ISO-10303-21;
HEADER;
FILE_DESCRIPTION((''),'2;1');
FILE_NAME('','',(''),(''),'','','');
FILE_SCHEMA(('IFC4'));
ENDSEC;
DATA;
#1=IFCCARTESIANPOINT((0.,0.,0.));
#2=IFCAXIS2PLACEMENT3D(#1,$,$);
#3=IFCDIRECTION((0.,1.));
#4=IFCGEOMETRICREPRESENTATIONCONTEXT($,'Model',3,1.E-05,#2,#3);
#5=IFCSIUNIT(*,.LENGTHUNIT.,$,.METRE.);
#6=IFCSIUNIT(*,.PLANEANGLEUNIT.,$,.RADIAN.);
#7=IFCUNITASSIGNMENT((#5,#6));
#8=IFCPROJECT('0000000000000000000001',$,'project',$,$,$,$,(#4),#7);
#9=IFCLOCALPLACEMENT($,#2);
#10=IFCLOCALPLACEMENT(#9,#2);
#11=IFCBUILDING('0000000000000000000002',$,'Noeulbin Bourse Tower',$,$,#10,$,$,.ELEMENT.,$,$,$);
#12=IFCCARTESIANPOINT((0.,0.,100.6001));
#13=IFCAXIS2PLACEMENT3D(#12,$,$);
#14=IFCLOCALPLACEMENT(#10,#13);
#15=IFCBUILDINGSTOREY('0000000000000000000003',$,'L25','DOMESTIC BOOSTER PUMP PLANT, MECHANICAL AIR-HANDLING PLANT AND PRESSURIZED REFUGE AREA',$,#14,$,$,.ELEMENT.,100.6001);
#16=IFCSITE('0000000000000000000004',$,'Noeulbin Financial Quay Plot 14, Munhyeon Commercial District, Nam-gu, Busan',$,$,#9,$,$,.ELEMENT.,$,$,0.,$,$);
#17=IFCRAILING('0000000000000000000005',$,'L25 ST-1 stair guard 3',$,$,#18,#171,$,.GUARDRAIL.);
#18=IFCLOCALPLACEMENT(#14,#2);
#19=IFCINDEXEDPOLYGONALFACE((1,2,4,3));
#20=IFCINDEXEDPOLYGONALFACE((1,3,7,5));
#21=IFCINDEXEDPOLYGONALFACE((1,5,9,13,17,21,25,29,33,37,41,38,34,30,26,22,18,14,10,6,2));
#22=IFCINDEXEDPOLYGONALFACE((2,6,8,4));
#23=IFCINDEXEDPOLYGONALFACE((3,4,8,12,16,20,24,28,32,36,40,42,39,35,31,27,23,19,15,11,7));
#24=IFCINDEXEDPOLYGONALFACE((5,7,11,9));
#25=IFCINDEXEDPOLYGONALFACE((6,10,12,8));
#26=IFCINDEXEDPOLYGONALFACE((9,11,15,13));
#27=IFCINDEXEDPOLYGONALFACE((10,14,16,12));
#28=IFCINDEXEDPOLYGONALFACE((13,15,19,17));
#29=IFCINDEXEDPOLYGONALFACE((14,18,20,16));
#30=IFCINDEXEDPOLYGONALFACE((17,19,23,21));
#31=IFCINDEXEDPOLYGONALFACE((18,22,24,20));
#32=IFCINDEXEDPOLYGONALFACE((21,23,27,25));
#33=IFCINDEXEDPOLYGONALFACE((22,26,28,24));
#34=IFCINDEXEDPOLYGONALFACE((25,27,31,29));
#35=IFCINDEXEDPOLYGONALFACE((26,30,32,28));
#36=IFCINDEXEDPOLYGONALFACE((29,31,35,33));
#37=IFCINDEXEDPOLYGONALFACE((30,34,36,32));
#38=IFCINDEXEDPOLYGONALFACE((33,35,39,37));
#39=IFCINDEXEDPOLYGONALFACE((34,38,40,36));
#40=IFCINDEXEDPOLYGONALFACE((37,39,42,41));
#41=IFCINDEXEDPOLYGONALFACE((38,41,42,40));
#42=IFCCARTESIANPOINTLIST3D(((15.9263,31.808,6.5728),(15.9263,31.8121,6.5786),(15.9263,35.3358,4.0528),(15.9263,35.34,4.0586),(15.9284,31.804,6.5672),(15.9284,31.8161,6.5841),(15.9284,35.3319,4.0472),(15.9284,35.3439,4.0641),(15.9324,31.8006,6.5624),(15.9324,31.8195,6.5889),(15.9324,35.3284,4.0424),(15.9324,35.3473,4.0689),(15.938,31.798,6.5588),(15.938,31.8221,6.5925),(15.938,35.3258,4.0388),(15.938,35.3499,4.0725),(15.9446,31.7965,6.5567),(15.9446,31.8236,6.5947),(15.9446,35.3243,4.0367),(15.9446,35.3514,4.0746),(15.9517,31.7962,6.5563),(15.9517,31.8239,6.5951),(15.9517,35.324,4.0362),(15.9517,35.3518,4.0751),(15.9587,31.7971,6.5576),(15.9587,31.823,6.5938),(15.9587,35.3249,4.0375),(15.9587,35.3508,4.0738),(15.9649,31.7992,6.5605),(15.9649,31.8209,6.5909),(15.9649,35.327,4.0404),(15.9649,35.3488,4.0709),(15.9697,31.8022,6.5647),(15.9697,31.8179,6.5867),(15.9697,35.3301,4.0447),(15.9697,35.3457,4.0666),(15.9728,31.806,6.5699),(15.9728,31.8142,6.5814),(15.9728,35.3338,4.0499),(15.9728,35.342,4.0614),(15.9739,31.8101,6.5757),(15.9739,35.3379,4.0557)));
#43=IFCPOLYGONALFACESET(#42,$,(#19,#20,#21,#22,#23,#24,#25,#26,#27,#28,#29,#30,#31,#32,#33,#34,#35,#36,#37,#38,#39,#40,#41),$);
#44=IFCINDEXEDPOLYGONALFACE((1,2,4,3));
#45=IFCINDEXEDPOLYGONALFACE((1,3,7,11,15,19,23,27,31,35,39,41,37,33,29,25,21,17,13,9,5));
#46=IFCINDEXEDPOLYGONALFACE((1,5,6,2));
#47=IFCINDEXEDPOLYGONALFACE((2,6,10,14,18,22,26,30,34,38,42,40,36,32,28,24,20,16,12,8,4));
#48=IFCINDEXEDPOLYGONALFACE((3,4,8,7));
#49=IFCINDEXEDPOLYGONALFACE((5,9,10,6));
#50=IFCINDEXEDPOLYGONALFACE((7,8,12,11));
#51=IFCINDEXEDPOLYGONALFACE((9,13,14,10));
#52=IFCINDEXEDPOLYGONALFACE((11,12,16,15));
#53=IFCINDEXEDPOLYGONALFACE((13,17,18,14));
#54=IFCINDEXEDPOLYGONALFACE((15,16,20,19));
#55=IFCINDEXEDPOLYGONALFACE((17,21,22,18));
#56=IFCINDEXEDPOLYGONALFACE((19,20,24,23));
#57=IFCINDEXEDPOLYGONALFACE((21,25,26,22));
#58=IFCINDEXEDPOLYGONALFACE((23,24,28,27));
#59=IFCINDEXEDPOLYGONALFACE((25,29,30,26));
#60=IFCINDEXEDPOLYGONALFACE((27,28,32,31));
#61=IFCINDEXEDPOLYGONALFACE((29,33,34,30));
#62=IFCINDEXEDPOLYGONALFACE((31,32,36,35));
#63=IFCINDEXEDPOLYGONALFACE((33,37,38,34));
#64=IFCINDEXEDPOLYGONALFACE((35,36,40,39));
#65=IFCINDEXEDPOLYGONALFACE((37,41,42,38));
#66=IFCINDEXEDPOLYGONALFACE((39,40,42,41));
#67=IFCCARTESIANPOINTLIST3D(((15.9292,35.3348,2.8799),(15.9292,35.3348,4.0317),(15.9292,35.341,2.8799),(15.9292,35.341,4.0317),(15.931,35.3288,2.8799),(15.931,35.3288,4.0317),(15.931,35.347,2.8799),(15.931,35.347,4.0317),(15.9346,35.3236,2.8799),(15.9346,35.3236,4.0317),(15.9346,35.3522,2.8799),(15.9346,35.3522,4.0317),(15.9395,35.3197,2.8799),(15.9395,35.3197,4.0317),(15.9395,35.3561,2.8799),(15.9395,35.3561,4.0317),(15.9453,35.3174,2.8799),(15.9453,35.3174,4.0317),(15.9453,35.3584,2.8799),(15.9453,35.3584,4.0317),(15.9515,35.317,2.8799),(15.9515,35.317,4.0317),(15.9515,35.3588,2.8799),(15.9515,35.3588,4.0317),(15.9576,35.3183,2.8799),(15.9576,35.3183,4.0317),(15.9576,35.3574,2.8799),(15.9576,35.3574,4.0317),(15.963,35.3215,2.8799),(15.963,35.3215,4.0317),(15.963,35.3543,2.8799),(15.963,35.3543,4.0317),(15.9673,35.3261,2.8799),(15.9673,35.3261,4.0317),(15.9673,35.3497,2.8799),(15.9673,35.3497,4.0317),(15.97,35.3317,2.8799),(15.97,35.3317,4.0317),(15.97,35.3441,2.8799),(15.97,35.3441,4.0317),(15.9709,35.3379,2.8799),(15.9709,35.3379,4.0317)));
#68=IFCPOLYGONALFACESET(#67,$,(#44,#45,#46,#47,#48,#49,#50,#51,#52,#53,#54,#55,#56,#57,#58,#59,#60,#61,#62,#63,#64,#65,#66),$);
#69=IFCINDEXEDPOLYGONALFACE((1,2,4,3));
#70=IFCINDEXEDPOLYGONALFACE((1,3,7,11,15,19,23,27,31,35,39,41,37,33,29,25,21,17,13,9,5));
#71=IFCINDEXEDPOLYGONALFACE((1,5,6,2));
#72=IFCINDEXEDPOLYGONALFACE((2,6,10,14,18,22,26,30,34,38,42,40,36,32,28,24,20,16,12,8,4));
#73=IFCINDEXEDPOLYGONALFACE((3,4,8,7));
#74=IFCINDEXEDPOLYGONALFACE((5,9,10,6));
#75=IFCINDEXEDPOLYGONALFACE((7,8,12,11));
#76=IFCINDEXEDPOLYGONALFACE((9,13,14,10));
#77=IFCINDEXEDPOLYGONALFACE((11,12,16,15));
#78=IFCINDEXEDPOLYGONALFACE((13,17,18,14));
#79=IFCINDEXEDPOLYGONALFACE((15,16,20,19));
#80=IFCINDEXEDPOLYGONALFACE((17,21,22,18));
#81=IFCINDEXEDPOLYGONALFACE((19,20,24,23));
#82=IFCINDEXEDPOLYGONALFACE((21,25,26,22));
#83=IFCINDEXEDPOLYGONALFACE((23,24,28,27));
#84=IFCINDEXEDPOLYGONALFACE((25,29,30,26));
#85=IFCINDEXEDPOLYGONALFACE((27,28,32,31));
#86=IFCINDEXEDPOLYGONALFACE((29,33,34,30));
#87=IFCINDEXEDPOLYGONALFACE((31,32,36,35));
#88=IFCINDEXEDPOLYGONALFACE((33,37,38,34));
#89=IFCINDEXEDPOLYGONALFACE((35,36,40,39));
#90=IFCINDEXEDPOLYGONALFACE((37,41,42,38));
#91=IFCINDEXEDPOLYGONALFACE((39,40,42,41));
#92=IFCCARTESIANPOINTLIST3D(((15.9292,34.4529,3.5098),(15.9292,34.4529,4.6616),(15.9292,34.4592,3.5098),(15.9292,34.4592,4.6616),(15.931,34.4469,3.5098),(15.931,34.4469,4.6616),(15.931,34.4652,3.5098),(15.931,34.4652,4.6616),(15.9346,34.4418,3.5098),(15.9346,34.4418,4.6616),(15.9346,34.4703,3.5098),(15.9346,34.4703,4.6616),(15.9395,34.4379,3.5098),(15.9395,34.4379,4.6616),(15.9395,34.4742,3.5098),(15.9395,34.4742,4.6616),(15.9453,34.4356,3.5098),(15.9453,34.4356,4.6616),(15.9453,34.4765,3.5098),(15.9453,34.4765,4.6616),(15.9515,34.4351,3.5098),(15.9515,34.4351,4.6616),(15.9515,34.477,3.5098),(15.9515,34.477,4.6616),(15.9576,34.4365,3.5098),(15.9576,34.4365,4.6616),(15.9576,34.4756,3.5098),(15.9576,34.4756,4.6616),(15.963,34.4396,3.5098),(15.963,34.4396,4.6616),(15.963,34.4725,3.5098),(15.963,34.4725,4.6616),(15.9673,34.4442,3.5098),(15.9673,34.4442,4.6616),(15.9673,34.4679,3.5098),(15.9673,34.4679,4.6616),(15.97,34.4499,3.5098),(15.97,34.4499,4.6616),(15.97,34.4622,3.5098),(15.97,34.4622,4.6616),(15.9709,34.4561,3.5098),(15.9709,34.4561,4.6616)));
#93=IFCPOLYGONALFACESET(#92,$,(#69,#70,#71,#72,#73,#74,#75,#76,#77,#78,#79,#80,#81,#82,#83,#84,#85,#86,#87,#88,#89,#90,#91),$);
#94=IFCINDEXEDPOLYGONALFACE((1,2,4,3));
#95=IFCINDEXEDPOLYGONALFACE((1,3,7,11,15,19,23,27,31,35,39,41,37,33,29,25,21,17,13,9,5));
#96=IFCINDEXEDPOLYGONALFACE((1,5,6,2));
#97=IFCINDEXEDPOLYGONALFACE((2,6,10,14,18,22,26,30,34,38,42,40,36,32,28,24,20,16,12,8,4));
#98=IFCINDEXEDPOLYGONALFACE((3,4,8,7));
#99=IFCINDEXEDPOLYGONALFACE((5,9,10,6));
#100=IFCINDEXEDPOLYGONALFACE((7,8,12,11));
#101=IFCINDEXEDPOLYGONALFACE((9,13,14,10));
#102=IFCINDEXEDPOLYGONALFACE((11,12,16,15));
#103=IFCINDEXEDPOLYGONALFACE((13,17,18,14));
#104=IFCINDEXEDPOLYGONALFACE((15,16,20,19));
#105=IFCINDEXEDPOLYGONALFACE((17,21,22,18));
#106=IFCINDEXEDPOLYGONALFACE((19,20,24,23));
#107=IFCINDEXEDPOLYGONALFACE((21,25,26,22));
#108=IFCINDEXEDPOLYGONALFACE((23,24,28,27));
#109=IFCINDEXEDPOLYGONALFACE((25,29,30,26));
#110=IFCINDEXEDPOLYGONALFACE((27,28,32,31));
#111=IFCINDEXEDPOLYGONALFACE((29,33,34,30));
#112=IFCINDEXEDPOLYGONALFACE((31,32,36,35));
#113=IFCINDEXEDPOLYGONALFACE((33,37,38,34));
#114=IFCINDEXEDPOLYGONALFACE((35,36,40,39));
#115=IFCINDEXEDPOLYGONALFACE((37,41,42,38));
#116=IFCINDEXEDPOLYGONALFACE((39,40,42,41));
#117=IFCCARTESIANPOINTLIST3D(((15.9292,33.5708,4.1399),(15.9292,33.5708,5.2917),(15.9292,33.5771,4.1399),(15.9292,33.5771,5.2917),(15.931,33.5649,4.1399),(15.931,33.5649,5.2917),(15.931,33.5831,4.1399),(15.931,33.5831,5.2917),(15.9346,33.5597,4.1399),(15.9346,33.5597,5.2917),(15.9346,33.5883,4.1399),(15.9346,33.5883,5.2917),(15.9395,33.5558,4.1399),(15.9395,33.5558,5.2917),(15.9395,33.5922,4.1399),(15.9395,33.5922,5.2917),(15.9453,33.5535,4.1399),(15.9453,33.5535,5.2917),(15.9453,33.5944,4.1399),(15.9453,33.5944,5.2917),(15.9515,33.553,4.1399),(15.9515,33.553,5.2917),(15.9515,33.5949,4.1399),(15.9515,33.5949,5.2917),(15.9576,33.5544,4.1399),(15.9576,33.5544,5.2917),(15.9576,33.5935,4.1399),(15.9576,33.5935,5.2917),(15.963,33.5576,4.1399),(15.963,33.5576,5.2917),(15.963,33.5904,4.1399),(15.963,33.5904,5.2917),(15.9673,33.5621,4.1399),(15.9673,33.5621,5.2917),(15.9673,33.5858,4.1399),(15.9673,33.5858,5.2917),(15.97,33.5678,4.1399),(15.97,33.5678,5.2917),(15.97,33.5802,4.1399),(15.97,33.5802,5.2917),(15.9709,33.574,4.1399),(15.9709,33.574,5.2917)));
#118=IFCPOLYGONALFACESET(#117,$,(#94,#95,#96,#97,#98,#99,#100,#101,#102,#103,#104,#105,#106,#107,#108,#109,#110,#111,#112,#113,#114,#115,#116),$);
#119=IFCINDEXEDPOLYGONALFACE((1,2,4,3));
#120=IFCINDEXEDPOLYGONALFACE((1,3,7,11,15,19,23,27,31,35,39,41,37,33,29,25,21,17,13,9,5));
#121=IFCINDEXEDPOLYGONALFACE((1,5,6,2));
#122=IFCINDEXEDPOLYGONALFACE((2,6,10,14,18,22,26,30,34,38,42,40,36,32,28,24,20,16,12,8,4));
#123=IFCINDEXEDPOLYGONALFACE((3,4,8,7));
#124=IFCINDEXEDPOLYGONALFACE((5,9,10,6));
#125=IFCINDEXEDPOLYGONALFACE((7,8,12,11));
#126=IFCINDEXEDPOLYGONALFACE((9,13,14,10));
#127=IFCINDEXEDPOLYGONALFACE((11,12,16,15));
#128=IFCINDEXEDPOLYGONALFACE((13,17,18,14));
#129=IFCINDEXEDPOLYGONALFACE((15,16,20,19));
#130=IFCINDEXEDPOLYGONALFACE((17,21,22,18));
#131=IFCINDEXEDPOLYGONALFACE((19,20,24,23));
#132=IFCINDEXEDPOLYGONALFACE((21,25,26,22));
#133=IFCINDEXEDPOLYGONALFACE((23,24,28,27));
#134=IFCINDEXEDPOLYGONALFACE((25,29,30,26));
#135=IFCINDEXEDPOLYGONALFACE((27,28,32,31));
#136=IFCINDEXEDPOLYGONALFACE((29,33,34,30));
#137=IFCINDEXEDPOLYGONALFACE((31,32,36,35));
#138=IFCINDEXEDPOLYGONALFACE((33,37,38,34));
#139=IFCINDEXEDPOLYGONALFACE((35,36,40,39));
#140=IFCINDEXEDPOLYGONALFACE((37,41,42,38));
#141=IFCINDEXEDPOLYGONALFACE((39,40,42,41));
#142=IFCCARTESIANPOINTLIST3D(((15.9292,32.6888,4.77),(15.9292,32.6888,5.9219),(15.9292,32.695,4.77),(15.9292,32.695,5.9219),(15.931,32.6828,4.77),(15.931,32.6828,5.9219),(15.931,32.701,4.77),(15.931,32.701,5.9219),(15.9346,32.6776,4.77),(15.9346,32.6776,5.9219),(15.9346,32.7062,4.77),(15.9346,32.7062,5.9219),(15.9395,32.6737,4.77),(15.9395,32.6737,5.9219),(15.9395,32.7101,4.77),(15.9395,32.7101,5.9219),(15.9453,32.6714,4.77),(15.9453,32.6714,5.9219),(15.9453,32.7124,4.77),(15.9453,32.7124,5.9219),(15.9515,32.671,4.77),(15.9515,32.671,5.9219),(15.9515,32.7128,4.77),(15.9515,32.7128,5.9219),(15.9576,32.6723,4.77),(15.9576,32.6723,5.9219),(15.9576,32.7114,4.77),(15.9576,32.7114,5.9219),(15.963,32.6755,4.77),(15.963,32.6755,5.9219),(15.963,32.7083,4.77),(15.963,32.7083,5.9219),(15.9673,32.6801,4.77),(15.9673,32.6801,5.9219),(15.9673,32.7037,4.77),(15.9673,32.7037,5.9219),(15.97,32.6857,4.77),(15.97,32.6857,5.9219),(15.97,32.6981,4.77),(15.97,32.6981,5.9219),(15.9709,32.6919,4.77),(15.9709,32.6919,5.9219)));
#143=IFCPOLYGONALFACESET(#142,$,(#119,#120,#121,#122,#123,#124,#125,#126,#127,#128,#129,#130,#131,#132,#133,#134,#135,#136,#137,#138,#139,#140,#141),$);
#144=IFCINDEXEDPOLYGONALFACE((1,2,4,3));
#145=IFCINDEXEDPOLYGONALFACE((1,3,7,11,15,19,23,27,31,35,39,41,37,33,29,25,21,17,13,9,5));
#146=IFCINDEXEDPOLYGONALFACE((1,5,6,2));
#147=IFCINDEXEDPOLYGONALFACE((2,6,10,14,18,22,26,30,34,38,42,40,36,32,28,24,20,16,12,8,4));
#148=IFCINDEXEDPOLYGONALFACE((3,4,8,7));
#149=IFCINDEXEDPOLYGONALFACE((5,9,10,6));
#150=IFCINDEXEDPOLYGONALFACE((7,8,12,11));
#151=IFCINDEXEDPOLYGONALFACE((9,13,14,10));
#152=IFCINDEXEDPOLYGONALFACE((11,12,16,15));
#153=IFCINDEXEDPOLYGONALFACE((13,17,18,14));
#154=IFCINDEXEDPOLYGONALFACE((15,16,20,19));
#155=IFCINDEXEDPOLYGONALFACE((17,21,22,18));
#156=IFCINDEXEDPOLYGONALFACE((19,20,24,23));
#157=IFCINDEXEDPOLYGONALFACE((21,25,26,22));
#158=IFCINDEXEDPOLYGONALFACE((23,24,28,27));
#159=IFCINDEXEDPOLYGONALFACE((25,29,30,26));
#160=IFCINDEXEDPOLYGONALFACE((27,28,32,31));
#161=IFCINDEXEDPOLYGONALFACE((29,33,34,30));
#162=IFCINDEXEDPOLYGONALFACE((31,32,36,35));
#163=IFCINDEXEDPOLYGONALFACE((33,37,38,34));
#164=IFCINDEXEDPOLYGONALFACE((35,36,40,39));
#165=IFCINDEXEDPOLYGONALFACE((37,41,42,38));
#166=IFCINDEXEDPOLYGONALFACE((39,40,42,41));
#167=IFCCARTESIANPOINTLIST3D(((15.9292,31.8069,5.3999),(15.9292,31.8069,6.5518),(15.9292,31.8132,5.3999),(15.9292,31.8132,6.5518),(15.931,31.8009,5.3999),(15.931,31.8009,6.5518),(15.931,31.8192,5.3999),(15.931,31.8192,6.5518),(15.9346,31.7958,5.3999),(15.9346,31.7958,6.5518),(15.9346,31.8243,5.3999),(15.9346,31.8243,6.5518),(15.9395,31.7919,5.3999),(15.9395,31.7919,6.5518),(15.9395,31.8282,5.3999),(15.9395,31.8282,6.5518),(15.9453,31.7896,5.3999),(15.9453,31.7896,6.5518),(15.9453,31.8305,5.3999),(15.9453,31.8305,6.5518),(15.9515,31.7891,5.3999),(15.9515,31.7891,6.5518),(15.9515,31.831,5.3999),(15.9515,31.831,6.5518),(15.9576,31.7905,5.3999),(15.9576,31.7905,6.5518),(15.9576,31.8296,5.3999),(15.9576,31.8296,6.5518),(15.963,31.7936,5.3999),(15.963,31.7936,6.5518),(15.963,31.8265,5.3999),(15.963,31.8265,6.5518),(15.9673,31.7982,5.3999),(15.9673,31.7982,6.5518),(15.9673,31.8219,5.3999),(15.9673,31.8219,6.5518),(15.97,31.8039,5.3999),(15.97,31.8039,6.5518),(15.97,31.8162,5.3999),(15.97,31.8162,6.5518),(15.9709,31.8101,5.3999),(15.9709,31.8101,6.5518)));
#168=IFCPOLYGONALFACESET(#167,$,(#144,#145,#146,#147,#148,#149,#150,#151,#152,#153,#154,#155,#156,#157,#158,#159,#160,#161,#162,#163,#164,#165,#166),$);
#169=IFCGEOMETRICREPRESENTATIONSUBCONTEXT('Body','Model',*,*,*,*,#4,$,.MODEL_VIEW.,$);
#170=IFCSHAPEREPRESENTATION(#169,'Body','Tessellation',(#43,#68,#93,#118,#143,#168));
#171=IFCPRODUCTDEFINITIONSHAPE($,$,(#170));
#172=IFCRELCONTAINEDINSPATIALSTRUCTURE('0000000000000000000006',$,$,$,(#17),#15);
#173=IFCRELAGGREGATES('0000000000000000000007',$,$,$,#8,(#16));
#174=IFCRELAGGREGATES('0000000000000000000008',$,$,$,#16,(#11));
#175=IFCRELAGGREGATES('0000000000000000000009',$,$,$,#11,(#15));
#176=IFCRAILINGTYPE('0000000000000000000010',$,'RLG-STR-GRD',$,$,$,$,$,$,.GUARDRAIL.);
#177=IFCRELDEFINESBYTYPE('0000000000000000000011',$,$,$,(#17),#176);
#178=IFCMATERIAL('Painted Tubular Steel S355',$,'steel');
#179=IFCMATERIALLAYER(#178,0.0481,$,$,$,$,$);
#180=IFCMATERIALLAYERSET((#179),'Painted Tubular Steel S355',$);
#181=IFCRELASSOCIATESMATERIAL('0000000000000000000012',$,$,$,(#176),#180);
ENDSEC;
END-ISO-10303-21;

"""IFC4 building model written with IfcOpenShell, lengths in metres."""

from ifc_helpers import new_model, si_unit, direction, frame, origin, origin_2d, place, context, subcontext, project, spatial, circle, extrude, material, layer, layer_set, type_object, element, save


model = new_model("IFC4")

# Units and contexts
model_context = context("Model", 3, precision=1e-05, world=origin(), true_north=direction((0.0, 1.0)))
body_context = subcontext(model_context, "Body", "Model", "MODEL_VIEW")
ifc_project = project(units=[si_unit("LENGTHUNIT", "METRE"), si_unit("PLANEANGLEUNIT", "RADIAN")], contexts=[model_context])

# Site, building, storey
site_placement = place(None, origin())
site = spatial("IfcSite", under=ifc_project, at=site_placement, Name="Noeulbin Financial Quay Plot 14, Munhyeon Commercial District, Nam-gu, Busan", CompositionType="ELEMENT", RefElevation=0.0)
building_placement = place(site_placement, origin())
building = spatial("IfcBuilding", under=site, at=building_placement, Name="Noeulbin Bourse Tower", CompositionType="ELEMENT")
storey_placement = place(building_placement, frame((0.0, 0.0, 100.6001)))
storey = spatial("IfcBuildingStorey", under=building, at=storey_placement, Name="L25", Description="DOMESTIC BOOSTER PUMP PLANT, MECHANICAL AIR-HANDLING PLANT AND PRESSURIZED REFUGE AREA", CompositionType="ELEMENT", Elevation=100.6001)

# Railing
ifc_material_1 = material(Name="Painted Tubular Steel S355", Category="steel")
ifc_layer_1 = layer(ifc_material_1, 0.0481)
ifc_layer_set_1 = layer_set([ifc_layer_1], Name="Painted Tubular Steel S355")
railing_type_1 = type_object("IfcRailingType", Name="RLG-STR-GRD", PredefinedType="GUARDRAIL", material=ifc_layer_set_1)
railing_1_placement = place(storey_placement, frame((15.95, 35.3379, 2.8799)))
element("IfcRailing", 1, at=railing_1_placement, inside=storey, type_object=railing_type_1, Name="L25 ST-1 stair guard 3", PredefinedType="GUARDRAIL", context=body_context, shape_type="SweptSolid", body=[
    extrude(circle(Radius=0.0239, at=origin_2d()), frame((0.0, 0.0, 1.1758), z_axis=(0.0, -0.813718, 0.58126), x_axis=(1.0, 0.0, 0.0)), (0.0, 0.0, 1.0), 4.3354),
    extrude(circle(Radius=0.021, at=origin_2d()), origin(), (0.0, 0.0, 1.0), 1.1519),
    extrude(circle(Radius=0.021, at=origin_2d()), frame((0.0, -0.8818, 0.6299)), (0.0, 0.0, 1.0), 1.1519),
    extrude(circle(Radius=0.021, at=origin_2d()), frame((0.0, -1.7639, 1.26)), (0.0, 0.0, 1.0), 1.1519),
    extrude(circle(Radius=0.021, at=origin_2d()), frame((0.0, -2.646, 1.8901)), (0.0, 0.0, 1.0), 1.1519),
    extrude(circle(Radius=0.021, at=origin_2d()), frame((0.0, -3.5278, 2.52)), (0.0, 0.0, 1.0), 1.1519),
])

save(model, "model.ifc")
